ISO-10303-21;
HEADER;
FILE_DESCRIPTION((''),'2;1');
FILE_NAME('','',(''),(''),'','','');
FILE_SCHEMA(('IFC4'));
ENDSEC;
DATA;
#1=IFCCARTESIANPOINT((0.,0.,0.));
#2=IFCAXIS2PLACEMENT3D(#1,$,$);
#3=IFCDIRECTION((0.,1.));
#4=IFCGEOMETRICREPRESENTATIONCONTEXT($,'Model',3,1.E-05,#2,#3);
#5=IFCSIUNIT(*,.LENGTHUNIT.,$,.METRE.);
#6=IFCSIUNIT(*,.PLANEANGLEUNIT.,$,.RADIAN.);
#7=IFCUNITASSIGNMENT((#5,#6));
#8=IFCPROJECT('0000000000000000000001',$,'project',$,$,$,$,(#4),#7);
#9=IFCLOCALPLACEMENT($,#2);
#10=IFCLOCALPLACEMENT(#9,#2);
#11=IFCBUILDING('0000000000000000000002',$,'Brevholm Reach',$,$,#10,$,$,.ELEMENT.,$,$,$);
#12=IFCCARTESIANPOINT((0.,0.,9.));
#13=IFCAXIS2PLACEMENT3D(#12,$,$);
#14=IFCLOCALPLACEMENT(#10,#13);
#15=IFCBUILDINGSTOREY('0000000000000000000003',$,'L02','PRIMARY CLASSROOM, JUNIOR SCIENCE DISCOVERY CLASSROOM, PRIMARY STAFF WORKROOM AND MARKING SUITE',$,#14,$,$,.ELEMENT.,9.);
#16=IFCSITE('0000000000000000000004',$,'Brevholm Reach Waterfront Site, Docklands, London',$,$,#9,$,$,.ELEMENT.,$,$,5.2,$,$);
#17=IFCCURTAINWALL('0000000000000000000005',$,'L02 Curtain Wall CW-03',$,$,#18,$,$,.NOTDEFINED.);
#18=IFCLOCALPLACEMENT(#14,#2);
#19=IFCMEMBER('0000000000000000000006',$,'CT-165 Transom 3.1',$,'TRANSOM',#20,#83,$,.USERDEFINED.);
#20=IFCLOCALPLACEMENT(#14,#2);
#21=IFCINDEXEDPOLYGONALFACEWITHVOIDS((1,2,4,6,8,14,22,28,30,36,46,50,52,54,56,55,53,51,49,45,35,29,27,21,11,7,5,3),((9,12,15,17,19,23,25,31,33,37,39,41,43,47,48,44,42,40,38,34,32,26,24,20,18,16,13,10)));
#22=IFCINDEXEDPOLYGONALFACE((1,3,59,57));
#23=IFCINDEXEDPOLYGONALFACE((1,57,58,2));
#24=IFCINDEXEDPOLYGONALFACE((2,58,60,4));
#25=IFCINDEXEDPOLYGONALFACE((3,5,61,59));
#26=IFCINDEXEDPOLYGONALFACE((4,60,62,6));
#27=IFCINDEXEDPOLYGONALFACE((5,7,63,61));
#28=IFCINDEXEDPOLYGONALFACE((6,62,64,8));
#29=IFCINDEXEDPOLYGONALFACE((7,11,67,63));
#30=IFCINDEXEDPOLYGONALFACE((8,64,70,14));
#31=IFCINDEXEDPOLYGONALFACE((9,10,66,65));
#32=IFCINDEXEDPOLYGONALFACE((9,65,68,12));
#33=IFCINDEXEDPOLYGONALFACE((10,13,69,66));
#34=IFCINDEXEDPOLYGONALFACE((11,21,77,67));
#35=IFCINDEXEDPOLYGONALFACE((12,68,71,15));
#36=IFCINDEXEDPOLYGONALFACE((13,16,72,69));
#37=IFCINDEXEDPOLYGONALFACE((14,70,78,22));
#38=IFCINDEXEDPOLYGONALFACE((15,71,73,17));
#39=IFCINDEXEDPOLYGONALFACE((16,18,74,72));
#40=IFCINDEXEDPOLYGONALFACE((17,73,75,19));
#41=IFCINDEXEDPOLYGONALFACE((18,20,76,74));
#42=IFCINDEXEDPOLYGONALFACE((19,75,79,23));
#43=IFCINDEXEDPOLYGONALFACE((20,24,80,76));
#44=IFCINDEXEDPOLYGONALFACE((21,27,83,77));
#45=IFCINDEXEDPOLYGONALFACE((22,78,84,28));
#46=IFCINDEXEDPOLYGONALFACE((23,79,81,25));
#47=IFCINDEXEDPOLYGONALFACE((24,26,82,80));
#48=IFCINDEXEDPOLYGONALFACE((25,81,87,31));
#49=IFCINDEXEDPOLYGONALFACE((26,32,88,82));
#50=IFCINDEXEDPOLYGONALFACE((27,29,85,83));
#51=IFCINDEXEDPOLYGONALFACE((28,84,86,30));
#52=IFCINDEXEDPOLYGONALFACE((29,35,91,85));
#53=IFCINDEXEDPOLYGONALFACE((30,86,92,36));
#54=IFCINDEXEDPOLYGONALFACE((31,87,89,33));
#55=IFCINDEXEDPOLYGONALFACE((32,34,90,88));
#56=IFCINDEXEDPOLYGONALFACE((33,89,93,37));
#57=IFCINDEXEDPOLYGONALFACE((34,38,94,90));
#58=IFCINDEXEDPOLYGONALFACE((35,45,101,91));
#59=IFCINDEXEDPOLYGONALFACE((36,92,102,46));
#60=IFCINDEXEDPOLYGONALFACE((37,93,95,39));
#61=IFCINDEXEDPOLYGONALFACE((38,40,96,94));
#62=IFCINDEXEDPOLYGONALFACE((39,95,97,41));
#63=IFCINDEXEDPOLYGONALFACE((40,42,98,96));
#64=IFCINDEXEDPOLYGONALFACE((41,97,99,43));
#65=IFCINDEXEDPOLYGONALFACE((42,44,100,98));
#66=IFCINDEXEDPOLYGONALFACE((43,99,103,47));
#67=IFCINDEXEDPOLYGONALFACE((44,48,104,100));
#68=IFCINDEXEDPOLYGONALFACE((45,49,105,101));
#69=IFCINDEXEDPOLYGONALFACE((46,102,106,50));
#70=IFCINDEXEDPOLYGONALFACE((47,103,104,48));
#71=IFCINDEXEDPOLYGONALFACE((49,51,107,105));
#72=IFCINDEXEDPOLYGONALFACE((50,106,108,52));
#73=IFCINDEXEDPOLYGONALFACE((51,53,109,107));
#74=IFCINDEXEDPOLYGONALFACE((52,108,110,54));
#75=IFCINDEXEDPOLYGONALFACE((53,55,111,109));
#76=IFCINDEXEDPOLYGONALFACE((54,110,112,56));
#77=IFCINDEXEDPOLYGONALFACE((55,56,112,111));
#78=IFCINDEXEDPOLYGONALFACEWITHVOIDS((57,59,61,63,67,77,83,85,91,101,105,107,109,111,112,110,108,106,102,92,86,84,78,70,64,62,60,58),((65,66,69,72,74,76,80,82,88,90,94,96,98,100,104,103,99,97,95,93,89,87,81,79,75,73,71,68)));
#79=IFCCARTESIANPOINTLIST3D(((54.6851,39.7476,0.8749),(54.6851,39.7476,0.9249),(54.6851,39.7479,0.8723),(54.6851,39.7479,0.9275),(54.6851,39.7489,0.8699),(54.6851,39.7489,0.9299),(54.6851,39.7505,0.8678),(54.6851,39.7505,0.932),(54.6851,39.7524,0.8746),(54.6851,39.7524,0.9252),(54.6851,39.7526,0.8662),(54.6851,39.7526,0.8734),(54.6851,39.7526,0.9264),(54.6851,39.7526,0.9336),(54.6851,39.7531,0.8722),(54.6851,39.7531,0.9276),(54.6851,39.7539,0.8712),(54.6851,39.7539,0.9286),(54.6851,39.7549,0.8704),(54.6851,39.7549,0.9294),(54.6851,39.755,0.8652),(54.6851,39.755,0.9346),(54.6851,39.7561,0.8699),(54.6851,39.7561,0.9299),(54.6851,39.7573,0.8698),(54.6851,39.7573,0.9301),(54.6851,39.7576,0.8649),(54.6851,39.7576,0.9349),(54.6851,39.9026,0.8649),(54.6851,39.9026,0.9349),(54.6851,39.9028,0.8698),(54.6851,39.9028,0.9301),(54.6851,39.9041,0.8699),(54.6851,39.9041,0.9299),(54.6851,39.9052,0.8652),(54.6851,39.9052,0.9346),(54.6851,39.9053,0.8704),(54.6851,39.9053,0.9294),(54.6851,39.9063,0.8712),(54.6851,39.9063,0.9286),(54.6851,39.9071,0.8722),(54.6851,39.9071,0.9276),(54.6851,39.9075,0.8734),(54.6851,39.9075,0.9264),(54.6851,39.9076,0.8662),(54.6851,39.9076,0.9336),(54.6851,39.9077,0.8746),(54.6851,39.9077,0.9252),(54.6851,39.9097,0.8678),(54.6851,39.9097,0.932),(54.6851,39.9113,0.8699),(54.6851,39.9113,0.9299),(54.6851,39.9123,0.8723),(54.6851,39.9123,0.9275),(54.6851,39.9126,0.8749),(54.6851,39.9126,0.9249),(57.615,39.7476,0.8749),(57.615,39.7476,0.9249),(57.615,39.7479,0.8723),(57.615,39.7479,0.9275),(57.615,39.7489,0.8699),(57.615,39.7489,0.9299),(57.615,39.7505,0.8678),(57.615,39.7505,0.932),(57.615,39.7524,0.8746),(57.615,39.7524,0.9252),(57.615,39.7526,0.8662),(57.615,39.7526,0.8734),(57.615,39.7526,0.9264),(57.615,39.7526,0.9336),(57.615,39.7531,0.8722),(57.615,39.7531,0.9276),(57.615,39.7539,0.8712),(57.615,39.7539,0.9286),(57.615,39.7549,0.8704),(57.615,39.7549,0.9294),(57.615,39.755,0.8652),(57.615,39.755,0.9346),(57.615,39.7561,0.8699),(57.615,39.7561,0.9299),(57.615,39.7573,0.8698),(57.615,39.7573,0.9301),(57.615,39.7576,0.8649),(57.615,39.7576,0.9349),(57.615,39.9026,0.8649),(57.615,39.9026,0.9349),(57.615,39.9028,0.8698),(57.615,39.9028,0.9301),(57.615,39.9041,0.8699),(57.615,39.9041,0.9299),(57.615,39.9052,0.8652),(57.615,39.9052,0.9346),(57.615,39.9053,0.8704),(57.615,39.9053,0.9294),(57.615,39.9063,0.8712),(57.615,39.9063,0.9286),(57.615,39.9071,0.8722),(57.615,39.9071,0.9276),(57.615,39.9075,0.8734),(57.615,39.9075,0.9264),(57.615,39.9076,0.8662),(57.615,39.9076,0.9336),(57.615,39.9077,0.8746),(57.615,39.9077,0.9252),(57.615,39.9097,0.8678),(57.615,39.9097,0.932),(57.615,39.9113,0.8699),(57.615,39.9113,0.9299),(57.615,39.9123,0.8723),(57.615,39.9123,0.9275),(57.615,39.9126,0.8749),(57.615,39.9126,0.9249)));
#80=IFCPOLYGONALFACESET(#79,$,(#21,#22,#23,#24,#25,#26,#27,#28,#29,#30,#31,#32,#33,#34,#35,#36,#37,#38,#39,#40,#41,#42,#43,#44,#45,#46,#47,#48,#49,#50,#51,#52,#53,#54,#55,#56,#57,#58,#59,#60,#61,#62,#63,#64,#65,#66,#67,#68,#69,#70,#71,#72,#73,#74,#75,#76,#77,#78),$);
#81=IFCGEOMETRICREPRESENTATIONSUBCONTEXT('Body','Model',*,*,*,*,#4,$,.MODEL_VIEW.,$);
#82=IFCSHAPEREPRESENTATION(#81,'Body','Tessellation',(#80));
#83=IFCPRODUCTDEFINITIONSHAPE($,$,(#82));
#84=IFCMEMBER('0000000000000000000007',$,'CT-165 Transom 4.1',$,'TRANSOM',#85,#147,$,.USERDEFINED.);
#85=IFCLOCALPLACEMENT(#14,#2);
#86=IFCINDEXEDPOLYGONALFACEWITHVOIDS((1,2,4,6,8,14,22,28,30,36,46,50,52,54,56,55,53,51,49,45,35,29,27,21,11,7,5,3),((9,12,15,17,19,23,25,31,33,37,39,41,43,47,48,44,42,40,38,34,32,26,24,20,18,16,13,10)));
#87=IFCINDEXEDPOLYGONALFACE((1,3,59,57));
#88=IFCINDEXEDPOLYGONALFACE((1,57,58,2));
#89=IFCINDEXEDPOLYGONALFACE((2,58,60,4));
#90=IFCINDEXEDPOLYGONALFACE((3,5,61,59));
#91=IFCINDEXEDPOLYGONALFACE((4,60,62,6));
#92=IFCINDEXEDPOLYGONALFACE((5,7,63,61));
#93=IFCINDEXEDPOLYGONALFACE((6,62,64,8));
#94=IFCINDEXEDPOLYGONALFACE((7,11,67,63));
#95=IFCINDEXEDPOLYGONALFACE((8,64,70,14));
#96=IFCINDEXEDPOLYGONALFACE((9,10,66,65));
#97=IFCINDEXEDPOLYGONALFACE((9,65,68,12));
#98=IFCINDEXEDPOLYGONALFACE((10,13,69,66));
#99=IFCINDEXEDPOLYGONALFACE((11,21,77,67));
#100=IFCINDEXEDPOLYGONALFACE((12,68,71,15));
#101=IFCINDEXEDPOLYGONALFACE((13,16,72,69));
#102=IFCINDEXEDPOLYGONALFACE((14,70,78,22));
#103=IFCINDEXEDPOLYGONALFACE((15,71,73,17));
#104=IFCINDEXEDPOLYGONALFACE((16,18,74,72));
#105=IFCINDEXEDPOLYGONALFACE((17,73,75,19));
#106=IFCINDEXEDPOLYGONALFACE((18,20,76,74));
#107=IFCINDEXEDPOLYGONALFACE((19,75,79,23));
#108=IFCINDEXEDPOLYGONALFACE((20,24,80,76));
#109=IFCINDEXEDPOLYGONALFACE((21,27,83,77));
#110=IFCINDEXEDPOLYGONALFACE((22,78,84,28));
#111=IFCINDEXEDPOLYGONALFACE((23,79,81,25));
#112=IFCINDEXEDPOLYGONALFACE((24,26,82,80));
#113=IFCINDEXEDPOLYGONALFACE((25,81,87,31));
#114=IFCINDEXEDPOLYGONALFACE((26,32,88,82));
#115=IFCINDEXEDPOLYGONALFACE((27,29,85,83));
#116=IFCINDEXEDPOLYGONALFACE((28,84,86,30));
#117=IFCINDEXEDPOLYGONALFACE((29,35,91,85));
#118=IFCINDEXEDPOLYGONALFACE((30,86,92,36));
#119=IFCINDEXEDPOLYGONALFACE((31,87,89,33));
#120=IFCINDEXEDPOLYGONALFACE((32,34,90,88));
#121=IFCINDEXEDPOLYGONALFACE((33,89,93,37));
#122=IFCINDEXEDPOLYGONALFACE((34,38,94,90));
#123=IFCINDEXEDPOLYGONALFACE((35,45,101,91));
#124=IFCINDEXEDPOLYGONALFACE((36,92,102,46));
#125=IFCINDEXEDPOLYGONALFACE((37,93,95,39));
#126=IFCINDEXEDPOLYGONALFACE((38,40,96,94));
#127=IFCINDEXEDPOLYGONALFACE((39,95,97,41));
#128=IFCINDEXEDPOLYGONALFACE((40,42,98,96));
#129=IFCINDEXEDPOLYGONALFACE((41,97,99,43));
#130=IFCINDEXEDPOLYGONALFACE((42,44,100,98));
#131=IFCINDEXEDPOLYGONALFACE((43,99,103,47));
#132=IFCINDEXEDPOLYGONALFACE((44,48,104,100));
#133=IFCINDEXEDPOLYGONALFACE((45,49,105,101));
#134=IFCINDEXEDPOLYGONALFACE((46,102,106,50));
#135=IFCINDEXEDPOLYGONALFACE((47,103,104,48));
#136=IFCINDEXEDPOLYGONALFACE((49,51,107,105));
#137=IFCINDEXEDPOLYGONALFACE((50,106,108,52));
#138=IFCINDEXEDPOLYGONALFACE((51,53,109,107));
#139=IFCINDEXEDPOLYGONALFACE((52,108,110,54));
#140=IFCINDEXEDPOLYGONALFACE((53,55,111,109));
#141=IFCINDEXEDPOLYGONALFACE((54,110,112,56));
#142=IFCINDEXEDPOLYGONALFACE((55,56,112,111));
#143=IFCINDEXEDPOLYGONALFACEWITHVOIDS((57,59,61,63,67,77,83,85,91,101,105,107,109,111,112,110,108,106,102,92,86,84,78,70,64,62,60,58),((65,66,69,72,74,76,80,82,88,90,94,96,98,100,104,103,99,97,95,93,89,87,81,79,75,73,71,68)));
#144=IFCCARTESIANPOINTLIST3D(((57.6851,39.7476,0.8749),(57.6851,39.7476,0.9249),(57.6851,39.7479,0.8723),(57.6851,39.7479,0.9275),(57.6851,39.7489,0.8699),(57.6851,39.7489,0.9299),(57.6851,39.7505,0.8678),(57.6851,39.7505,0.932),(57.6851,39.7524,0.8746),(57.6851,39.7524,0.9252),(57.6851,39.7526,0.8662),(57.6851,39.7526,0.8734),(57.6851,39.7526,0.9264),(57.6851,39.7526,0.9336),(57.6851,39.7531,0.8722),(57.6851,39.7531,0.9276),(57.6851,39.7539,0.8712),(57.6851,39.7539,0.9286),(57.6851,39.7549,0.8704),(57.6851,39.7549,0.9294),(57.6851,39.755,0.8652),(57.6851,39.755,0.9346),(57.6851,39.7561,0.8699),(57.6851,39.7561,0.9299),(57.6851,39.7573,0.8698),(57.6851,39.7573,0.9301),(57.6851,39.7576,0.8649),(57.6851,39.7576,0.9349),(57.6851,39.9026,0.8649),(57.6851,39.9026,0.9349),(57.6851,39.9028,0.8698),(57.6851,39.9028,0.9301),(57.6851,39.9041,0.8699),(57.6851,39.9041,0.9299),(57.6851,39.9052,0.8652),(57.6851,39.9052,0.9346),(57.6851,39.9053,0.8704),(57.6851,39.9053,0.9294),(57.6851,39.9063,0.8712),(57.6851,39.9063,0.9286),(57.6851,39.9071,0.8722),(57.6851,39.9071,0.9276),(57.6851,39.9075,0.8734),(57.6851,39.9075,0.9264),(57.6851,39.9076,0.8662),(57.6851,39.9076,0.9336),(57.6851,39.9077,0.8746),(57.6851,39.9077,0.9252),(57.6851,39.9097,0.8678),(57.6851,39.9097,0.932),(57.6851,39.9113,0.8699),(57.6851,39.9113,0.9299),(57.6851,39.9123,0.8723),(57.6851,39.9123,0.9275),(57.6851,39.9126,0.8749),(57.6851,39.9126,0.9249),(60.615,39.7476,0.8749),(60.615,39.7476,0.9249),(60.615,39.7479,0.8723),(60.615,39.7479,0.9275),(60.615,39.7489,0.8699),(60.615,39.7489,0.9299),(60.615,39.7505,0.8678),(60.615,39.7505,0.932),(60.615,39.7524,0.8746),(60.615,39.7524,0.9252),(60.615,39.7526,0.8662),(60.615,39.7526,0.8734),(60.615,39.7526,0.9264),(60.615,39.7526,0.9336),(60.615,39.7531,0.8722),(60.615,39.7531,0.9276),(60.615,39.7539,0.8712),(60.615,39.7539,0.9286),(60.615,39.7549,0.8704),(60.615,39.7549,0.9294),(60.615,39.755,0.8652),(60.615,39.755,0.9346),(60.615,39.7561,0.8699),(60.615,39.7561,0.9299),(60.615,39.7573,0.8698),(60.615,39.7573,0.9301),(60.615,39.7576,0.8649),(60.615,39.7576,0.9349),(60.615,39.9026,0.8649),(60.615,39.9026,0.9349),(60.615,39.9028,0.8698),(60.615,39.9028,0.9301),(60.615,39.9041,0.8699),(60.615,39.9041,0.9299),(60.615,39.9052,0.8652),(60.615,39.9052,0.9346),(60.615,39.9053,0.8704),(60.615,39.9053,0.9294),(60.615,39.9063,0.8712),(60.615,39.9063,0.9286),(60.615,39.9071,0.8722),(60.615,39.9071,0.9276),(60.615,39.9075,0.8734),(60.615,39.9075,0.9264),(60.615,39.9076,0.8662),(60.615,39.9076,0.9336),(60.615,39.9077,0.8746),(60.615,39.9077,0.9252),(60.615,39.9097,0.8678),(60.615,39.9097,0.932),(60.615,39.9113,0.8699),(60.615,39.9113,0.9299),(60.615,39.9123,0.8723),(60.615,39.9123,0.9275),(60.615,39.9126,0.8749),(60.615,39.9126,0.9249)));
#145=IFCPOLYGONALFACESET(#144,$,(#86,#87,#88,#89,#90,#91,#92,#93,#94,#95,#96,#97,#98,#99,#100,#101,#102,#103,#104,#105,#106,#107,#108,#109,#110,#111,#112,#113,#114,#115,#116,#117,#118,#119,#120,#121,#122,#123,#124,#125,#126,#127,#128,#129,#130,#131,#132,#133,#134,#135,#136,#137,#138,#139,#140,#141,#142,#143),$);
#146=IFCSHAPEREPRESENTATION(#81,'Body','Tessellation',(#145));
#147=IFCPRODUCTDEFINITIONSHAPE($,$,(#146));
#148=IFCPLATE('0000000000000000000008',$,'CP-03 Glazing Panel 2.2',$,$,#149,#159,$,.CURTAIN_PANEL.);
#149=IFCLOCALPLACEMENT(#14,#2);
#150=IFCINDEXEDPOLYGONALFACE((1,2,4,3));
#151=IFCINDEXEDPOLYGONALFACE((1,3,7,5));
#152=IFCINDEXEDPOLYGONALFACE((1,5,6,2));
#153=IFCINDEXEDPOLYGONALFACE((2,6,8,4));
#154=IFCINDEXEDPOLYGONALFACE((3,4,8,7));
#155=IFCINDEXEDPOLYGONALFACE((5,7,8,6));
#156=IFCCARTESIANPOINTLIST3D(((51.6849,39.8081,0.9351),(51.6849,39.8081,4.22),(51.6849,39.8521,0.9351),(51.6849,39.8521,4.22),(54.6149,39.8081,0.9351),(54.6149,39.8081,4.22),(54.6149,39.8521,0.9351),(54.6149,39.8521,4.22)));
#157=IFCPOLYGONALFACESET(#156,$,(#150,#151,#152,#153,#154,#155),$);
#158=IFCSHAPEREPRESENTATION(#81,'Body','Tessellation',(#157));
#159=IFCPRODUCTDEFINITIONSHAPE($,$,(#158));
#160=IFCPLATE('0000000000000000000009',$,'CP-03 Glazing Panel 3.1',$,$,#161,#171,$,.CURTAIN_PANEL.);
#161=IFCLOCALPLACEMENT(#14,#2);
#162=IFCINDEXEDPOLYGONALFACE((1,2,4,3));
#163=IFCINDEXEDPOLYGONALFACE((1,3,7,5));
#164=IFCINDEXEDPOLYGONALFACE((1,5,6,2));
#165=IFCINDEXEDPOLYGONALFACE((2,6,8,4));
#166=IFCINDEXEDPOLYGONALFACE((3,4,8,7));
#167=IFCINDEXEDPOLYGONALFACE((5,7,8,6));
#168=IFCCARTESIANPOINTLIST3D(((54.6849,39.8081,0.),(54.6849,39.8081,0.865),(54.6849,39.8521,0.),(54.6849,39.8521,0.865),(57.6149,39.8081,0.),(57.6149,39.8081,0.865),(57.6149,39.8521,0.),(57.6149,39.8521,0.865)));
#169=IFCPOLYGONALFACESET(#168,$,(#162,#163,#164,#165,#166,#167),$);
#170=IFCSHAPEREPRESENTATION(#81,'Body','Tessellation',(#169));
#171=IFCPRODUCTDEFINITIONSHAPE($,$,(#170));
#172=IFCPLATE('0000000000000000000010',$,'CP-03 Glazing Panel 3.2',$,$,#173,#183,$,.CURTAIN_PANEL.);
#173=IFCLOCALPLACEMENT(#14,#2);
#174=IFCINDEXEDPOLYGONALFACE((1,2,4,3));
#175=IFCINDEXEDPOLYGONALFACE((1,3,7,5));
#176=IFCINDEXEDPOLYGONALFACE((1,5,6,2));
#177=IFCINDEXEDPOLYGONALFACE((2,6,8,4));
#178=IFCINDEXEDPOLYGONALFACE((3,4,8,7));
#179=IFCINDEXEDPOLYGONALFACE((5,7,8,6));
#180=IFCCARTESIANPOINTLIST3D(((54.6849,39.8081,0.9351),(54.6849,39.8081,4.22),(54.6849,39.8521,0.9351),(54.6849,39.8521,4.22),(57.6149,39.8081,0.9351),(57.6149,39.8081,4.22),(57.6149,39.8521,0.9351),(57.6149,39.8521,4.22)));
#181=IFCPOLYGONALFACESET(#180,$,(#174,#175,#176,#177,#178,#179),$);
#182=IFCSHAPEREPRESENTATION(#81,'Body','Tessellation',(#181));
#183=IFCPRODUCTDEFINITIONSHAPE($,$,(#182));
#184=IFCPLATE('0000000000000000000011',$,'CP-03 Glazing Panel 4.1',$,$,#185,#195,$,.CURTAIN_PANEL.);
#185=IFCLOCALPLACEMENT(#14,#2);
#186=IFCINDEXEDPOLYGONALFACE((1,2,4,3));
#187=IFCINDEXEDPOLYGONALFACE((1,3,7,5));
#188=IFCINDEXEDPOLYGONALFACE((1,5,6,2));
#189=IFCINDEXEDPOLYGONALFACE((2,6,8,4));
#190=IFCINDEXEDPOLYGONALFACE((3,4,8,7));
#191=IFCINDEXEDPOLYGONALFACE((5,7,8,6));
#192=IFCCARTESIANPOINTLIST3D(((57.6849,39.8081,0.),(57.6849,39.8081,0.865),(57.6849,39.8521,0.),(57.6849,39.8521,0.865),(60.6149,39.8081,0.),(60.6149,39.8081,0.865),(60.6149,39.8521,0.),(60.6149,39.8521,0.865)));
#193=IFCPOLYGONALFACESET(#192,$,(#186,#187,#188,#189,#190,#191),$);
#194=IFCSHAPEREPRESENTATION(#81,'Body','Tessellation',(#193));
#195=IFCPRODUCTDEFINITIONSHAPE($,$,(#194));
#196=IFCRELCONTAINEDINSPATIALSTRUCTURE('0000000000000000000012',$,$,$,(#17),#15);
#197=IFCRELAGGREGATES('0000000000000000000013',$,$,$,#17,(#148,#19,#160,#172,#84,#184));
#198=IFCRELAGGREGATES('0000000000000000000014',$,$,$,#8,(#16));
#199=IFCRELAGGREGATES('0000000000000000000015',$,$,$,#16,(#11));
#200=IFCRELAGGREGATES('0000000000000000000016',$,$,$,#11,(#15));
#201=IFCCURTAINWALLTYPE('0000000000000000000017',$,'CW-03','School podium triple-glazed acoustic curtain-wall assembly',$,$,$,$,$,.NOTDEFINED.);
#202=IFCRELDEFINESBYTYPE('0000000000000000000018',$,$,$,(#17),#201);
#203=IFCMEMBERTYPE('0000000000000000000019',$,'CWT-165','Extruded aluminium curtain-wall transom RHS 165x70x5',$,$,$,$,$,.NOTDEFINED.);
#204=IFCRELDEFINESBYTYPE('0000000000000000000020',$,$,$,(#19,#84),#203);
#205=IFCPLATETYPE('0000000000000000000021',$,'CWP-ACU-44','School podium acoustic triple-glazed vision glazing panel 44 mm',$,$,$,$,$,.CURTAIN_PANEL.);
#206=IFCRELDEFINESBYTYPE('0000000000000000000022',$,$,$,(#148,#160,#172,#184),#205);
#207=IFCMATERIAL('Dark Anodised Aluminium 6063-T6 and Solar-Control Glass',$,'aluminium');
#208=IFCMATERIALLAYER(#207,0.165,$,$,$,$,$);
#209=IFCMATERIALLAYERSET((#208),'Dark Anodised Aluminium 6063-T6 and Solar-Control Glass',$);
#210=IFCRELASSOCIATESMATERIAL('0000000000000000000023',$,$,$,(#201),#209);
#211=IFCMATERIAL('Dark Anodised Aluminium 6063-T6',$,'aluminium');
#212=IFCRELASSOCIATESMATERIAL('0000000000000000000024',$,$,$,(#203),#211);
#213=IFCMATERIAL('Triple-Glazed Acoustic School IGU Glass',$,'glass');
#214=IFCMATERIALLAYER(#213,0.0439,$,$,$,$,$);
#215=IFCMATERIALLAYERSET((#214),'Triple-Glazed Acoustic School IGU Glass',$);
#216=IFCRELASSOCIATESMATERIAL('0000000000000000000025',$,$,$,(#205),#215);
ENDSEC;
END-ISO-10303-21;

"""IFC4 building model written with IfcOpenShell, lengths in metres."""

from ifc_helpers import new_model, si_unit, direction, frame, origin, origin_2d, place, context, subcontext, project, spatial, rectangle, hollow_rectangle, extrude, material, layer, layer_set, material_profile, profile_set, type_object, element, aggregate, save


model = new_model("IFC4")

# Units and contexts
model_context = context("Model", 3, precision=1e-05, world=origin(), true_north=direction((0.0, 1.0)))
body_context = subcontext(model_context, "Body", "Model", "MODEL_VIEW")
ifc_project = project(units=[si_unit("LENGTHUNIT", "METRE"), si_unit("PLANEANGLEUNIT", "RADIAN")], contexts=[model_context])

# Site, building, storey
site_placement = place(None, origin())
site = spatial("IfcSite", under=ifc_project, at=site_placement, Name="Brevholm Reach Waterfront Site, Docklands, London", CompositionType="ELEMENT", RefElevation=5.2)
building_placement = place(site_placement, origin())
building = spatial("IfcBuilding", under=site, at=building_placement, Name="Brevholm Reach", CompositionType="ELEMENT")
storey_placement = place(building_placement, frame((0.0, 0.0, 9.0)))
storey = spatial("IfcBuildingStorey", under=building, at=storey_placement, Name="L02", Description="PRIMARY CLASSROOM, JUNIOR SCIENCE DISCOVERY CLASSROOM, PRIMARY STAFF WORKROOM AND MARKING SUITE", CompositionType="ELEMENT", Elevation=9.0)

# Curtain wall, members, plates
ifc_material_1 = material(Name="Dark Anodised Aluminium 6063-T6 and Solar-Control Glass", Category="aluminium")
ifc_layer_1 = layer(ifc_material_1, 0.165)
ifc_layer_set_1 = layer_set([ifc_layer_1], Name="Dark Anodised Aluminium 6063-T6 and Solar-Control Glass")
curtain_wall_type = type_object("IfcCurtainWallType", Name="CW-03", Description="School podium triple-glazed acoustic curtain-wall assembly", PredefinedType="NOTDEFINED", material=ifc_layer_set_1)
curtain_wall_placement = place(storey_placement, origin())
curtain_wall = element("IfcCurtainWall", 1, at=curtain_wall_placement, inside=storey, type_object=curtain_wall_type, Name="L02 Curtain Wall CW-03", PredefinedType="NOTDEFINED")
ifc_material_2 = material(Name="Dark Anodised Aluminium 6063-T6", Category="aluminium")
ifc_material_profile_1 = material_profile(ifc_material_2, hollow_rectangle(XDim=0.0701, YDim=0.165, WallThickness=0.0049, InnerFilletRadius=0.0049, OuterFilletRadius=0.01, at=origin_2d()), Name="RHS 165x70x5")
ifc_profile_set_1 = profile_set([ifc_material_profile_1], Name="Dark Anodised Aluminium 6063-T6")
member_type_1 = type_object("IfcMemberType", Name="CWT-165", Description="Extruded aluminium curtain-wall transom RHS 165x70x5", PredefinedType="NOTDEFINED", material=ifc_profile_set_1)
member_1_placement = place(storey_placement, frame((54.6851, 39.8301, 0.8999), z_axis=(1.0, 0.0, 0.0), x_axis=(0.0, 0.0, 1.0)))
member_1 = element("IfcMember", 2, at=member_1_placement, type_object=member_type_1, Name="CT-165 Transom 3.1", ObjectType="TRANSOM", PredefinedType="USERDEFINED", context=body_context, shape_type="SweptSolid", body=[
    extrude(hollow_rectangle(XDim=0.0701, YDim=0.165, WallThickness=0.0049, InnerFilletRadius=0.0049, OuterFilletRadius=0.01, at=origin_2d()), origin(), (0.0, 0.0, 1.0), 2.9299),
])
member_2_placement = place(storey_placement, frame((57.6851, 39.8301, 0.8999), z_axis=(1.0, 0.0, 0.0), x_axis=(0.0, 0.0, 1.0)))
member_2 = element("IfcMember", 3, at=member_2_placement, type_object=member_type_1, Name="CT-165 Transom 4.1", ObjectType="TRANSOM", PredefinedType="USERDEFINED", context=body_context, shape_type="SweptSolid", body=[
    extrude(hollow_rectangle(XDim=0.0701, YDim=0.165, WallThickness=0.0049, InnerFilletRadius=0.0049, OuterFilletRadius=0.01, at=origin_2d()), origin(), (0.0, 0.0, 1.0), 2.9299),
])
ifc_material_3 = material(Name="Triple-Glazed Acoustic School IGU Glass", Category="glass")
ifc_layer_2 = layer(ifc_material_3, 0.0439)
ifc_layer_set_2 = layer_set([ifc_layer_2], Name="Triple-Glazed Acoustic School IGU Glass")
plate_type = type_object("IfcPlateType", Name="CWP-ACU-44", Description="School podium acoustic triple-glazed vision glazing panel 44 mm", PredefinedType="CURTAIN_PANEL", material=ifc_layer_set_2)
plate_1_placement = place(storey_placement, frame((53.1499, 39.8301, 0.9351), z_axis=(0.0, 0.0, 1.0), x_axis=(1.0, 0.0, 0.0)))
plate_1 = element("IfcPlate", 4, at=plate_1_placement, type_object=plate_type, Name="CP-03 Glazing Panel 2.2", PredefinedType="CURTAIN_PANEL", context=body_context, shape_type="SweptSolid", body=[
    extrude(rectangle(XDim=2.9299, YDim=0.0439, at=origin_2d()), origin(), (0.0, 0.0, 1.0), 3.2849),
])
plate_2_placement = place(storey_placement, frame((56.1499, 39.8301, 0.0), z_axis=(0.0, 0.0, 1.0), x_axis=(1.0, 0.0, 0.0)))
plate_2 = element("IfcPlate", 5, at=plate_2_placement, type_object=plate_type, Name="CP-03 Glazing Panel 3.1", PredefinedType="CURTAIN_PANEL", context=body_context, shape_type="SweptSolid", body=[
    extrude(rectangle(XDim=2.9299, YDim=0.0439, at=origin_2d()), origin(), (0.0, 0.0, 1.0), 0.865),
])
plate_3_placement = place(storey_placement, frame((56.1499, 39.8301, 0.9351), z_axis=(0.0, 0.0, 1.0), x_axis=(1.0, 0.0, 0.0)))
plate_3 = element("IfcPlate", 6, at=plate_3_placement, type_object=plate_type, Name="CP-03 Glazing Panel 3.2", PredefinedType="CURTAIN_PANEL", context=body_context, shape_type="SweptSolid", body=[
    extrude(rectangle(XDim=2.9299, YDim=0.0439, at=origin_2d()), origin(), (0.0, 0.0, 1.0), 3.2849),
])
plate_4_placement = place(storey_placement, frame((59.1499, 39.8301, 0.0), z_axis=(0.0, 0.0, 1.0), x_axis=(1.0, 0.0, 0.0)))
plate_4 = element("IfcPlate", 7, at=plate_4_placement, type_object=plate_type, Name="CP-03 Glazing Panel 4.1", PredefinedType="CURTAIN_PANEL", context=body_context, shape_type="SweptSolid", body=[
    extrude(rectangle(XDim=2.9299, YDim=0.0439, at=origin_2d()), origin(), (0.0, 0.0, 1.0), 0.865),
])
aggregate(curtain_wall, [plate_1, member_1, plate_2, plate_3, member_2, plate_4])

save(model, "model.ifc")
